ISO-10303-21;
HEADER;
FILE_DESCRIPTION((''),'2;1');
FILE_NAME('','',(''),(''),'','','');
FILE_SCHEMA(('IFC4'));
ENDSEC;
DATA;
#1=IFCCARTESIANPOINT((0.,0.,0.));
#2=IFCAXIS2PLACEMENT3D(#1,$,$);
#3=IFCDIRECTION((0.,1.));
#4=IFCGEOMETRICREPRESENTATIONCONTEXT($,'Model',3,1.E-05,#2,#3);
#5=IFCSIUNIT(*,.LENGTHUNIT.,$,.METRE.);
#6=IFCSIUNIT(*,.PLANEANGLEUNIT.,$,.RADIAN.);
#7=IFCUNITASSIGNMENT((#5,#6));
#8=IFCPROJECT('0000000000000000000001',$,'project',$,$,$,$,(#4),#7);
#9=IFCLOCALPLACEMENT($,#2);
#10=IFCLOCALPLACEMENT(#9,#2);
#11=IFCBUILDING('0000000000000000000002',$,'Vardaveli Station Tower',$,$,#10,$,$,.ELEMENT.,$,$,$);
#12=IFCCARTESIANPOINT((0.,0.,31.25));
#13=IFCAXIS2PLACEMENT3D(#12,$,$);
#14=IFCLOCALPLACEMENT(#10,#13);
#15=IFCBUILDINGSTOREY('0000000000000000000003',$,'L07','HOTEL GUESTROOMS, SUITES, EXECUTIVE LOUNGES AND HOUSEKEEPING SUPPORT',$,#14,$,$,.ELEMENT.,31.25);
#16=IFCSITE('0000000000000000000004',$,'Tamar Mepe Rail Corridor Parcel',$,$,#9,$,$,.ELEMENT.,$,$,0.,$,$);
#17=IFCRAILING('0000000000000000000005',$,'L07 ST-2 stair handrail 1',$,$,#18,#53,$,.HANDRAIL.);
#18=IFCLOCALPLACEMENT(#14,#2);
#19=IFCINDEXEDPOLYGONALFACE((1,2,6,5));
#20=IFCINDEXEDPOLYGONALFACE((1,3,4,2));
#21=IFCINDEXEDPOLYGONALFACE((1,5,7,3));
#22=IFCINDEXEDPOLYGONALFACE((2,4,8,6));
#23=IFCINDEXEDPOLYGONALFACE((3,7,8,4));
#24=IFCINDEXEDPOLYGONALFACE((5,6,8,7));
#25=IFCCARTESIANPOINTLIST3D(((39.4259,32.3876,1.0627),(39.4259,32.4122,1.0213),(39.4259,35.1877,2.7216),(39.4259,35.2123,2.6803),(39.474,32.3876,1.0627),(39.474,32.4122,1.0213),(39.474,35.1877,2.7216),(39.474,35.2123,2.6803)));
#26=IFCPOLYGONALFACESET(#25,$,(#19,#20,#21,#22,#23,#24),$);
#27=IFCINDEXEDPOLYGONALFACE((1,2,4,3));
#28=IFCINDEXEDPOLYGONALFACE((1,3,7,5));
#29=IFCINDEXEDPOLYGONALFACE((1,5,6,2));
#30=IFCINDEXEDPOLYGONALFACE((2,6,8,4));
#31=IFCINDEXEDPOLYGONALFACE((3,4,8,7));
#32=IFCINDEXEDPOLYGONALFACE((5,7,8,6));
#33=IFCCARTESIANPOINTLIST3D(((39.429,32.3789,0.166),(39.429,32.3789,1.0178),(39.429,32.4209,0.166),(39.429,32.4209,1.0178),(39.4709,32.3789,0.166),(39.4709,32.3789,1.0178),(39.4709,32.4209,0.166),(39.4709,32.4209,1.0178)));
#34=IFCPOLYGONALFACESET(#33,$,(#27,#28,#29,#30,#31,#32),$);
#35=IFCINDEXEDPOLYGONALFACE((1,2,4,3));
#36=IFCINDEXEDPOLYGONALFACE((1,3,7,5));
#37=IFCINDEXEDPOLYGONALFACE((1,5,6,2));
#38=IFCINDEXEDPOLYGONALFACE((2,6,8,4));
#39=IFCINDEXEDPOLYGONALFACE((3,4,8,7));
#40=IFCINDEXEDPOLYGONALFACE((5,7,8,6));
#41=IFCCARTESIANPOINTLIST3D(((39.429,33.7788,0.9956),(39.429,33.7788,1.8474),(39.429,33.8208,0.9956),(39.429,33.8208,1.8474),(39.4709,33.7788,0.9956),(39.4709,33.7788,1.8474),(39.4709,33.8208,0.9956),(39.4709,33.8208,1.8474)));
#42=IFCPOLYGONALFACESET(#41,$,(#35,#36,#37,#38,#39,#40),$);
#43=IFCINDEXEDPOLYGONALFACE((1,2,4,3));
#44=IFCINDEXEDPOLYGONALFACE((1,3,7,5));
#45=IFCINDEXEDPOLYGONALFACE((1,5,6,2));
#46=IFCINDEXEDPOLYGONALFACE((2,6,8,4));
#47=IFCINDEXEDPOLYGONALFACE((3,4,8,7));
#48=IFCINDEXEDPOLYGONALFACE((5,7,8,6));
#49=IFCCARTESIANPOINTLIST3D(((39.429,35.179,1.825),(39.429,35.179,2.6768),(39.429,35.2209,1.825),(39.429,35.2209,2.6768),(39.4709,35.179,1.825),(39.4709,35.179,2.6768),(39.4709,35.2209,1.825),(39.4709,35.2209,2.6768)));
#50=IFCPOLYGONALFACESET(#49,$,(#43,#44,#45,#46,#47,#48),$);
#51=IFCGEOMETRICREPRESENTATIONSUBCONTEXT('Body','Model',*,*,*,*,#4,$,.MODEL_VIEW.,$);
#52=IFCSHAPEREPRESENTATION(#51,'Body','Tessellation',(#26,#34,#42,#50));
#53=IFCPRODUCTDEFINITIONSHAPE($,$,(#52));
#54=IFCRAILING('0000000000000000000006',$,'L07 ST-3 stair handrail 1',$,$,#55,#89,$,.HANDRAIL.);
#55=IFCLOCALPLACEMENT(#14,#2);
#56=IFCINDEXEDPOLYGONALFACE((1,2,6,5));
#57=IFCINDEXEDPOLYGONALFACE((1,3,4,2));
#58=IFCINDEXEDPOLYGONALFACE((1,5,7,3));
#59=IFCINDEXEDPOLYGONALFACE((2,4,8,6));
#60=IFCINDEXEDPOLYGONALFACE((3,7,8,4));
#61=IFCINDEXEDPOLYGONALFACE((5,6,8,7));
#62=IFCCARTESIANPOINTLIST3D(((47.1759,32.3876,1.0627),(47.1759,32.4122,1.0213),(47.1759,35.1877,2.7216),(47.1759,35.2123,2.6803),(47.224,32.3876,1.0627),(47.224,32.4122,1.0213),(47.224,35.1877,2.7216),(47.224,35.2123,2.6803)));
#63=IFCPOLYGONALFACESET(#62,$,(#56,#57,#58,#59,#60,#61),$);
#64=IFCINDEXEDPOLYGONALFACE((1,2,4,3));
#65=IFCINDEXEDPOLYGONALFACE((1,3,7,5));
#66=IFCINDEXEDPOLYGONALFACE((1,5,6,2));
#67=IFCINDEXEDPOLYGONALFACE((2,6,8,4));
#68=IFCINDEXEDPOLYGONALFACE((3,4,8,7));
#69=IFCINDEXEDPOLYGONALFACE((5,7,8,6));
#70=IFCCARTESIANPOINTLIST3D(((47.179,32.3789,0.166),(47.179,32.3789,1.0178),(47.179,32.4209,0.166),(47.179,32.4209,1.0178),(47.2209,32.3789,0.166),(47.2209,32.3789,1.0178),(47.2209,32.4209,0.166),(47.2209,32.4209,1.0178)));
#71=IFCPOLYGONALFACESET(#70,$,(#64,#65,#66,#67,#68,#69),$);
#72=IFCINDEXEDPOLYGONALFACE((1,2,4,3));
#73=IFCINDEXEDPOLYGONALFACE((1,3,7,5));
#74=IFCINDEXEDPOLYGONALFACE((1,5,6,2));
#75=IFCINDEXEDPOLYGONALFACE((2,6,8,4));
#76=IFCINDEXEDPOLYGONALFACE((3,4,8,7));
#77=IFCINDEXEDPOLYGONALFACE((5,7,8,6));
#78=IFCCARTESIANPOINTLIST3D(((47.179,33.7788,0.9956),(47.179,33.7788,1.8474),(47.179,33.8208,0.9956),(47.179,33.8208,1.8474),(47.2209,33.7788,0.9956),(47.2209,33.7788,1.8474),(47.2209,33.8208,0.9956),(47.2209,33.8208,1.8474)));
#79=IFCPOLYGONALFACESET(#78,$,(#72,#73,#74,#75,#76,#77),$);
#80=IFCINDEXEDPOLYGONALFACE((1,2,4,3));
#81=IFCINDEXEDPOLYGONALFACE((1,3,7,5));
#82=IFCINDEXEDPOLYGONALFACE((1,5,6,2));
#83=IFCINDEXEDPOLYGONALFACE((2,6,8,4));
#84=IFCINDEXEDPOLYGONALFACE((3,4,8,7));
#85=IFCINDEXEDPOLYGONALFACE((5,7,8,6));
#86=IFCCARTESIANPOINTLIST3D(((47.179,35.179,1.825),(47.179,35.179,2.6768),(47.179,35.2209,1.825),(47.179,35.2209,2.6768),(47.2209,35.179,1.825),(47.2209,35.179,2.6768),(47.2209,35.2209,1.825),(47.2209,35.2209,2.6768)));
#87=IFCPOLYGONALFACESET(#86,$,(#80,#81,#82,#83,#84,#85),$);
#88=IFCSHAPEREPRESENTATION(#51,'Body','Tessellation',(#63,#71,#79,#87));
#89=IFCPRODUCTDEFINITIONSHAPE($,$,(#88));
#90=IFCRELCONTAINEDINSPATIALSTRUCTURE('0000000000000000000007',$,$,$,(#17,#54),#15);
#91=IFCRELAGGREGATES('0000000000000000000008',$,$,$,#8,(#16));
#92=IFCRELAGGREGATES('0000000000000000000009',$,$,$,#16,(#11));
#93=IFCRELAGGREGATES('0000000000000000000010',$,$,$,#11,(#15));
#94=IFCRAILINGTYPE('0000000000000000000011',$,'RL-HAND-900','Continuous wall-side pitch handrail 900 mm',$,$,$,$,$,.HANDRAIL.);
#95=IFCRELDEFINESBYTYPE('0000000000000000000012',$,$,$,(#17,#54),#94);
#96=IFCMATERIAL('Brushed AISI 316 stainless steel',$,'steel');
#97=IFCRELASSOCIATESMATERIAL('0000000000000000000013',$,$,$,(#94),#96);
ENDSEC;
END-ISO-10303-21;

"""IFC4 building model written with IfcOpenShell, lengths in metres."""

from ifc_helpers import new_model, si_unit, direction, frame, origin, origin_2d, place, context, subcontext, project, spatial, rectangle, extrude, source, transform, mapped, material, type_object, element, save


model = new_model("IFC4")

# Units and contexts
model_context = context("Model", 3, precision=1e-05, world=origin(), true_north=direction((0.0, 1.0)))
body_context = subcontext(model_context, "Body", "Model", "MODEL_VIEW")
ifc_project = project(units=[si_unit("LENGTHUNIT", "METRE"), si_unit("PLANEANGLEUNIT", "RADIAN")], contexts=[model_context])

# Site, building, storey
site_placement = place(None, origin())
site = spatial("IfcSite", under=ifc_project, at=site_placement, Name="Tamar Mepe Rail Corridor Parcel", CompositionType="ELEMENT", RefElevation=0.0)
building_placement = place(site_placement, origin())
building = spatial("IfcBuilding", under=site, at=building_placement, Name="Vardaveli Station Tower", CompositionType="ELEMENT")
storey_placement = place(building_placement, frame((0.0, 0.0, 31.25)))
storey = spatial("IfcBuildingStorey", under=building, at=storey_placement, Name="L07", Description="HOTEL GUESTROOMS, SUITES, EXECUTIVE LOUNGES AND HOUSEKEEPING SUPPORT", CompositionType="ELEMENT", Elevation=31.25)

# Railings
ifc_material_1 = material(Name="Brushed AISI 316 stainless steel", Category="steel")
railing_type_1 = type_object("IfcRailingType", Name="RL-HAND-900", Description="Continuous wall-side pitch handrail 900 mm", PredefinedType="HANDRAIL", material=ifc_material_1)
shared_shape_1 = source(origin(), body_context, "Body", "SweptSolid", [
    extrude(rectangle(XDim=0.0481, YDim=0.0481, at=origin_2d()), frame((0.0, 0.0, 0.876), z_axis=(0.0, 0.860339, 0.509722), x_axis=(-1.0, 0.0, 0.0)), (0.0, 0.0, 1.0), 3.2546),
    extrude(rectangle(XDim=0.042, YDim=0.042, at=origin_2d()), origin(), (0.0, 0.0, 1.0), 0.8518),
    extrude(rectangle(XDim=0.042, YDim=0.042, at=origin_2d()), frame((0.0, 1.3999, 0.8296)), (0.0, 0.0, 1.0), 0.8518),
    extrude(rectangle(XDim=0.042, YDim=0.042, at=origin_2d()), frame((0.0, 2.8, 1.6589)), (0.0, 0.0, 1.0), 0.8518),
])
for number, where, name in (
    (1, (39.45, 32.3999, 0.166), "L07 ST-2 stair handrail 1"),
    (2, (47.2, 32.3999, 0.166), "L07 ST-3 stair handrail 1"),
):
    element("IfcRailing", number, at=place(storey_placement, frame(where)), inside=storey, type_object=railing_type_1, Name=name, PredefinedType="HANDRAIL", context=body_context, shape_type="MappedRepresentation", body=[
        mapped(shared_shape_1, transform((0.0, 0.0, 0.0), scale=1.0)),
    ])

save(model, "model.ifc")
